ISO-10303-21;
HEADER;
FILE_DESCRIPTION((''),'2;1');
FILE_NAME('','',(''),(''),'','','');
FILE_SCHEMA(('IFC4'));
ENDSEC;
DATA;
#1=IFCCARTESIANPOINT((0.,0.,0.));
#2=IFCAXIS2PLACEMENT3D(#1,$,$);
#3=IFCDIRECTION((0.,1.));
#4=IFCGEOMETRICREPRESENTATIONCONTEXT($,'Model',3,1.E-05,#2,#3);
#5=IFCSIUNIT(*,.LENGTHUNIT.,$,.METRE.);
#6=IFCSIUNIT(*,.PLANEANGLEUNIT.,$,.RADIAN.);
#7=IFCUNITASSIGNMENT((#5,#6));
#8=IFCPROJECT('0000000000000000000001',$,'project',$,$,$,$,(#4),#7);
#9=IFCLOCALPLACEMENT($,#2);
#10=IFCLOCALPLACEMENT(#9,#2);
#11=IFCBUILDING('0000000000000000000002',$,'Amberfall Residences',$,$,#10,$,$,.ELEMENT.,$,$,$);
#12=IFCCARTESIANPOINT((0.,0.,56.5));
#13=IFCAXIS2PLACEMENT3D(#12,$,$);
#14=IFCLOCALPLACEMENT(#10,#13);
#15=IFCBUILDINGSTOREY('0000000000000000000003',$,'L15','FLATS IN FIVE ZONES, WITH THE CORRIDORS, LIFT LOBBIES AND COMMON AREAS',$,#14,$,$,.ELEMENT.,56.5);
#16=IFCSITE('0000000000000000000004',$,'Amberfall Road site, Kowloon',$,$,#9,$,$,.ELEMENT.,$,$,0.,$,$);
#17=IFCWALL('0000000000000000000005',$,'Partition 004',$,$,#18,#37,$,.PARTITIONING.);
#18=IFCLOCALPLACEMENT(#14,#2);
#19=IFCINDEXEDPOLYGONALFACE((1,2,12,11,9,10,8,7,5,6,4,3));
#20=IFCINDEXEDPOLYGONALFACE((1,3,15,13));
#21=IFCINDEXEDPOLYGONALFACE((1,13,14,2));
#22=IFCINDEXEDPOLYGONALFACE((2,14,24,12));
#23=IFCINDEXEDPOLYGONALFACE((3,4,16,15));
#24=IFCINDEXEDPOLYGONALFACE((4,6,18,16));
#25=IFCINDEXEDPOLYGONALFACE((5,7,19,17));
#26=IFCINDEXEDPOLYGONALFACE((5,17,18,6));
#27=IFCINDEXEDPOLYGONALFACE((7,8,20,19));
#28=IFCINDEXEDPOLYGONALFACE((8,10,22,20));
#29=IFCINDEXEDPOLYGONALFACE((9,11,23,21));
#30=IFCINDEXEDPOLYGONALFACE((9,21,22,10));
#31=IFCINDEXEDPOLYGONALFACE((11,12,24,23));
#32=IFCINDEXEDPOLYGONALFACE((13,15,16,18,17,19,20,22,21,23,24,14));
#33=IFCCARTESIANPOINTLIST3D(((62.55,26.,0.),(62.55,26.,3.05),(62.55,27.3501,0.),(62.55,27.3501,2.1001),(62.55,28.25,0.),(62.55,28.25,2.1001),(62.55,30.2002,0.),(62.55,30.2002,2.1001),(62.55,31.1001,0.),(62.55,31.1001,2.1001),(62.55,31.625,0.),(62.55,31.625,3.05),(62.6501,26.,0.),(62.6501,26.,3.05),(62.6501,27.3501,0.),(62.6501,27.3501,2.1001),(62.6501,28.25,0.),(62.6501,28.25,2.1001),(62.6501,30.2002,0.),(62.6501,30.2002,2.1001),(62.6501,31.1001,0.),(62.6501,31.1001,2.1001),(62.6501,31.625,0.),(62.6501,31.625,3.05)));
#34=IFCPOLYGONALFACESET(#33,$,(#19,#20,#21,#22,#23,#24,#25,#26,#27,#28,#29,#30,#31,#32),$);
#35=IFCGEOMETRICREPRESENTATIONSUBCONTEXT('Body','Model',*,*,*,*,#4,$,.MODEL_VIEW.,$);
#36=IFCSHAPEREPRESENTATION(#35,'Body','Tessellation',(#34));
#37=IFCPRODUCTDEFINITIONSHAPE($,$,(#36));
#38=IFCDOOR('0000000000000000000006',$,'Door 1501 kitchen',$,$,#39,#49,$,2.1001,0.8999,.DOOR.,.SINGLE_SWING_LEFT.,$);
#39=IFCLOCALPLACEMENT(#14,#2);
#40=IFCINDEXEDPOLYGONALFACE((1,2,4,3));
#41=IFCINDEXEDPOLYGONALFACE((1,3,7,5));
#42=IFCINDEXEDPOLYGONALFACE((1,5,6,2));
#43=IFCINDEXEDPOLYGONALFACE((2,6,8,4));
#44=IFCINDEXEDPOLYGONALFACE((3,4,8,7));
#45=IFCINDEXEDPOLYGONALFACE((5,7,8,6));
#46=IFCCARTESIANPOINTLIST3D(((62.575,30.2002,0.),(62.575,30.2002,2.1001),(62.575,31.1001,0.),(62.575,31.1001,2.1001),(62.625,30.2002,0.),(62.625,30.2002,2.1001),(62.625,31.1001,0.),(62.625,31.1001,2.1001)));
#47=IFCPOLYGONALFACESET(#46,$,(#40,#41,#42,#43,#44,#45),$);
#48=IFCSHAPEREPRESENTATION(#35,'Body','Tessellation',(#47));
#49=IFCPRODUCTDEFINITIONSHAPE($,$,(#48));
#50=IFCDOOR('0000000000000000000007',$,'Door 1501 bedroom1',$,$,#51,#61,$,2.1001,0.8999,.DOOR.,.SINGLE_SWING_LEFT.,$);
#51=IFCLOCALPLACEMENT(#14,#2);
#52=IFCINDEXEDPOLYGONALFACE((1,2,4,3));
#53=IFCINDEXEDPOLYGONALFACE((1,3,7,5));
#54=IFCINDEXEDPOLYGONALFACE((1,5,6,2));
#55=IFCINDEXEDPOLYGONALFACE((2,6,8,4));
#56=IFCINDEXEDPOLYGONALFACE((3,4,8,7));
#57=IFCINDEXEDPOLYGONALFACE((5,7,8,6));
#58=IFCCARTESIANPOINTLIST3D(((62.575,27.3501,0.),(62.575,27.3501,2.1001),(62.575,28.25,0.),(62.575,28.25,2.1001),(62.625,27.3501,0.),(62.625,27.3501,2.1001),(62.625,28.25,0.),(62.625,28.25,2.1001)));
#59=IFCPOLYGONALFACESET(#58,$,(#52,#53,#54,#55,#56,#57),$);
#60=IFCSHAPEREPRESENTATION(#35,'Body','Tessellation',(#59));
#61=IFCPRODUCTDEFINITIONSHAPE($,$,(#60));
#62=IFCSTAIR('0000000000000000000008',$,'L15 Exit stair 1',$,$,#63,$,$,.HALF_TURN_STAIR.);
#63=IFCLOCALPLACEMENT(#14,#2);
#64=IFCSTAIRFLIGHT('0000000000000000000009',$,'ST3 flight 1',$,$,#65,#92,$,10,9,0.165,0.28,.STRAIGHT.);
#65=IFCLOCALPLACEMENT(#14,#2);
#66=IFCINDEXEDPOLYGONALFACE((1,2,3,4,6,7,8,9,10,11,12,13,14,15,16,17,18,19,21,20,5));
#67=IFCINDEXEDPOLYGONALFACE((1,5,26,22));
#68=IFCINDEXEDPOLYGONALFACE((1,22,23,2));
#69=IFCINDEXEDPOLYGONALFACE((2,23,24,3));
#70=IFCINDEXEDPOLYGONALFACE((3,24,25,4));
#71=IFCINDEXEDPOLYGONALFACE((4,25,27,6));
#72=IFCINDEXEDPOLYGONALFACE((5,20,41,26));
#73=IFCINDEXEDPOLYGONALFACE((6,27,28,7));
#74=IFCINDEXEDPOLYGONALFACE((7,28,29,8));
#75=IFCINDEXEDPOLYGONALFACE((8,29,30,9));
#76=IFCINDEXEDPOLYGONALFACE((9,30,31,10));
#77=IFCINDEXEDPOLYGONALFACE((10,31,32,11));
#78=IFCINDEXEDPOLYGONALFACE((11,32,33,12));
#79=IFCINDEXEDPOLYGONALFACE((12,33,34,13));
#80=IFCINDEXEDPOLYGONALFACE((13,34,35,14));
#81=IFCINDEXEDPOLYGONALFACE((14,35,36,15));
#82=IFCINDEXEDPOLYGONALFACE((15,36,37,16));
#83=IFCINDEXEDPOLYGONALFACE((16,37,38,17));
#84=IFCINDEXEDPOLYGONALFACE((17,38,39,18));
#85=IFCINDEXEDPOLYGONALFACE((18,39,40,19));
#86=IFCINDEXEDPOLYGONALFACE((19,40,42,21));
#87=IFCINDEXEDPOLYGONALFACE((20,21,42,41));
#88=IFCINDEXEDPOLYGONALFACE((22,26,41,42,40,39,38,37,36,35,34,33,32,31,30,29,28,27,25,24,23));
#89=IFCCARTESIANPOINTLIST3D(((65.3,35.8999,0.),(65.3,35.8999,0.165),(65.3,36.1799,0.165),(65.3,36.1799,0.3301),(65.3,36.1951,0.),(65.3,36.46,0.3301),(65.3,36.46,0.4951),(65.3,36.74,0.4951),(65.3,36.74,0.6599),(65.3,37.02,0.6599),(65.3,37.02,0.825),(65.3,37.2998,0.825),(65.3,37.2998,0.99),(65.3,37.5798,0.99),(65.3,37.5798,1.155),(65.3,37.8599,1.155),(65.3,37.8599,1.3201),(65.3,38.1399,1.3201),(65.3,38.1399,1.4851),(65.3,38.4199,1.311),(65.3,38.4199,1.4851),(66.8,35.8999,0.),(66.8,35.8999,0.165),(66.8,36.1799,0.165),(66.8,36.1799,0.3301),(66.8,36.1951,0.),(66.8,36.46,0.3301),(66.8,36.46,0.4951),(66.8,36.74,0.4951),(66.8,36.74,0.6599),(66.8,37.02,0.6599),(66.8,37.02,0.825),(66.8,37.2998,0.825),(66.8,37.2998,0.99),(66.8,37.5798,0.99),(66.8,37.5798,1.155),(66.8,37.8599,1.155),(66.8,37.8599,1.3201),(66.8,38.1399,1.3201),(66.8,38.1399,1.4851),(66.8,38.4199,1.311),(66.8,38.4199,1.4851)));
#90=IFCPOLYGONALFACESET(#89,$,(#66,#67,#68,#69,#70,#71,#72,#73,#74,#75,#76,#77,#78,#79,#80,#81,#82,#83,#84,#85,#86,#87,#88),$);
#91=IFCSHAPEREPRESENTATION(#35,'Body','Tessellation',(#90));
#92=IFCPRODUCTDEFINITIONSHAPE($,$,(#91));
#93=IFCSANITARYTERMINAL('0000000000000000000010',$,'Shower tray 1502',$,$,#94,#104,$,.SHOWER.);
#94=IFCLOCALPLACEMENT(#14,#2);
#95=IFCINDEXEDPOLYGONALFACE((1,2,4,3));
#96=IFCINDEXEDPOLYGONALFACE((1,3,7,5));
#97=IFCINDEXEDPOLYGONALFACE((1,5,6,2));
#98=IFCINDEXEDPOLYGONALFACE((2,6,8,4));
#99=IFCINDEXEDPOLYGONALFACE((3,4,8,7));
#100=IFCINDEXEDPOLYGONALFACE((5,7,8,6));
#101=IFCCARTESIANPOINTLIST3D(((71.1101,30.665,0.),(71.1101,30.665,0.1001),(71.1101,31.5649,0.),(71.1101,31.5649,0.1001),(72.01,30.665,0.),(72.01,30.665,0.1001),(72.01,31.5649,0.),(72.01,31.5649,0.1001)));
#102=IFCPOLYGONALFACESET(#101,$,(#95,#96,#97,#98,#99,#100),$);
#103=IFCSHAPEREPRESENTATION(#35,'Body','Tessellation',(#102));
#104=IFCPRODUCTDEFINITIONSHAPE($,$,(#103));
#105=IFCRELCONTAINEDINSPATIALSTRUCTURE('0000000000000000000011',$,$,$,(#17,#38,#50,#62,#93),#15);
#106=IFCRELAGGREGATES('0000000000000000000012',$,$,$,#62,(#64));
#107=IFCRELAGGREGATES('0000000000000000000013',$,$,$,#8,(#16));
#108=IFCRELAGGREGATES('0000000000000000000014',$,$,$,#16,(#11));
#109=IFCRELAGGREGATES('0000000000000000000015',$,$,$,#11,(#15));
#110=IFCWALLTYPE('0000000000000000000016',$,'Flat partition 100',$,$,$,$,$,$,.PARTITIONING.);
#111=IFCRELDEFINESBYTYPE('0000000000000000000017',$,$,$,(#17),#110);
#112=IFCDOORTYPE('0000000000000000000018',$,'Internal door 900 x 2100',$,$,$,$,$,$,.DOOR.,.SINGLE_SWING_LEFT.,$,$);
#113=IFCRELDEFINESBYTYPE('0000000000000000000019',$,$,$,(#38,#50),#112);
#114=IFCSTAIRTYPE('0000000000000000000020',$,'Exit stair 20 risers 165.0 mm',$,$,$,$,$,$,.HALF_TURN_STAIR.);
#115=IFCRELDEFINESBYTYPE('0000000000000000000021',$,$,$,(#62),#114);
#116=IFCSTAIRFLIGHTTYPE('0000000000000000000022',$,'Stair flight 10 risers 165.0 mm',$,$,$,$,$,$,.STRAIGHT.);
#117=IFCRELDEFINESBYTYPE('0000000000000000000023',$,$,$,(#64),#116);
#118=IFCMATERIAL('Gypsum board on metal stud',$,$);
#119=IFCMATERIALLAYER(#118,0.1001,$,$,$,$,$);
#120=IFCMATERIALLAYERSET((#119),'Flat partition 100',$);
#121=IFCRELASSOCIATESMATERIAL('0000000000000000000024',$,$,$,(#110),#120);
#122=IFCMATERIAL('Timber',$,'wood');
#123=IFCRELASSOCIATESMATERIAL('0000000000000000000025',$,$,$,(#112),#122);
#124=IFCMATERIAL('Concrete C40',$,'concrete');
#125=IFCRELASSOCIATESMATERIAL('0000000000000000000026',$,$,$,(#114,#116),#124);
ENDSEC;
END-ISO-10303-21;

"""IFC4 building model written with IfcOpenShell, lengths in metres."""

from ifc_helpers import new_model, si_unit, direction, frame, frame_2d, origin, origin_2d, place, context, subcontext, project, spatial, polyline, rectangle, outline, extrude, material, layer, layer_set, type_object, element, fill, aggregate, save


model = new_model("IFC4")

# Units and contexts
model_context = context("Model", 3, precision=1e-05, world=origin(), true_north=direction((0.0, 1.0)))
body_context = subcontext(model_context, "Body", "Model", "MODEL_VIEW")
ifc_project = project(units=[si_unit("LENGTHUNIT", "METRE"), si_unit("PLANEANGLEUNIT", "RADIAN")], contexts=[model_context])

# Site, building, storey
site_placement = place(None, origin())
site = spatial("IfcSite", under=ifc_project, at=site_placement, Name="Amberfall Road site, Kowloon", CompositionType="ELEMENT", RefElevation=0.0)
building_placement = place(site_placement, origin())
building = spatial("IfcBuilding", under=site, at=building_placement, Name="Amberfall Residences", CompositionType="ELEMENT")
storey_placement = place(building_placement, frame((0.0, 0.0, 56.5)))
storey = spatial("IfcBuildingStorey", under=building, at=storey_placement, Name="L15", Description="FLATS IN FIVE ZONES, WITH THE CORRIDORS, LIFT LOBBIES AND COMMON AREAS", CompositionType="ELEMENT", Elevation=56.5)

# Wall, openings, doors
ifc_material_1 = material(Name="Gypsum board on metal stud")
ifc_layer_1 = layer(ifc_material_1, 0.1001)
ifc_layer_set_1 = layer_set([ifc_layer_1], Name="Flat partition 100")
wall_type_1 = type_object("IfcWallType", Name="Flat partition 100", PredefinedType="PARTITIONING", material=ifc_layer_set_1)
wall_1_placement = place(storey_placement, frame((62.6001, 31.625, 0.0), z_axis=(0.0, 0.0, 1.0), x_axis=(0.0, -1.0, 0.0)))
wall_1 = element("IfcWall", 1, at=wall_1_placement, inside=storey, type_object=wall_type_1, Name="Partition 004", PredefinedType="PARTITIONING", context=body_context, shape_type="SweptSolid", body=[
    extrude(rectangle(XDim=5.625, YDim=0.1001, at=frame_2d((2.8125, 0.0))), origin(), (0.0, 0.0, 1.0), 3.05),
])
opening_1_placement = place(wall_1_placement, frame((0.5249, 0.0, 0.0)))
opening_1 = element("IfcOpeningElement", 2, at=opening_1_placement, cuts=wall_1, PredefinedType="OPENING", context=body_context, shape_type="SweptSolid", body=[
    extrude(rectangle(XDim=0.8999, YDim=2.1001, at=frame_2d((0.45, 1.05))), frame((0.0, 0.0601, 0.0), z_axis=(0.0, -1.0, 0.0), x_axis=(1.0, 0.0, 0.0)), (0.0, 0.0, 1.0), 0.1201),
])
opening_2_placement = place(wall_1_placement, frame((3.375, 0.0, 0.0)))
opening_2 = element("IfcOpeningElement", 3, at=opening_2_placement, cuts=wall_1, PredefinedType="OPENING", context=body_context, shape_type="SweptSolid", body=[
    extrude(rectangle(XDim=0.8999, YDim=2.1001, at=frame_2d((0.45, 1.05))), frame((0.0, 0.0601, 0.0), z_axis=(0.0, -1.0, 0.0), x_axis=(1.0, 0.0, 0.0)), (0.0, 0.0, 1.0), 0.1201),
])
ifc_material_2 = material(Name="Timber", Category="wood")
door_type_1 = type_object("IfcDoorType", Name="Internal door 900 x 2100", OperationType="SINGLE_SWING_LEFT", PredefinedType="DOOR", material=ifc_material_2)
door_1_placement = place(opening_1_placement, origin())
door_1 = element("IfcDoor", 4, at=door_1_placement, inside=storey, type_object=door_type_1, Name="Door 1501 kitchen", OperationType="SINGLE_SWING_LEFT", OverallHeight=2.1001, OverallWidth=0.8999, PredefinedType="DOOR", context=body_context, shape_type="SweptSolid", body=[
    extrude(rectangle(XDim=0.8999, YDim=2.1001, at=frame_2d((0.45, 1.05))), frame((0.0, 0.0249, 0.0), z_axis=(0.0, -1.0, 0.0), x_axis=(1.0, 0.0, 0.0)), (0.0, 0.0, 1.0), 0.05),
])
fill(opening_1, door_1)
door_2_placement = place(opening_2_placement, origin())
door_2 = element("IfcDoor", 5, at=door_2_placement, inside=storey, type_object=door_type_1, Name="Door 1501 bedroom1", OperationType="SINGLE_SWING_LEFT", OverallHeight=2.1001, OverallWidth=0.8999, PredefinedType="DOOR", context=body_context, shape_type="SweptSolid", body=[
    extrude(rectangle(XDim=0.8999, YDim=2.1001, at=frame_2d((0.45, 1.05))), frame((0.0, 0.0249, 0.0), z_axis=(0.0, -1.0, 0.0), x_axis=(1.0, 0.0, 0.0)), (0.0, 0.0, 1.0), 0.05),
])
fill(opening_2, door_2)

# Stair, stair flight
ifc_material_3 = material(Name="Concrete C40", Category="concrete")
stair_type = type_object("IfcStairType", Name="Exit stair 20 risers 165.0 mm", PredefinedType="HALF_TURN_STAIR", material=ifc_material_3)
stair_placement = place(storey_placement, origin())
stair = element("IfcStair", 6, at=stair_placement, inside=storey, type_object=stair_type, Name="L15 Exit stair 1", PredefinedType="HALF_TURN_STAIR")
stair_flight_type = type_object("IfcStairFlightType", Name="Stair flight 10 risers 165.0 mm", PredefinedType="STRAIGHT", material=ifc_material_3)
stair_flight_placement = place(storey_placement, frame((66.05, 35.8999, 0.0), z_axis=(0.0, 0.0, 1.0), x_axis=(0.0, 1.0, 0.0)))
stair_flight = element("IfcStairFlight", 7, at=stair_flight_placement, type_object=stair_flight_type, Name="ST3 flight 1", NumberOfRisers=10, NumberOfTreads=9, PredefinedType="STRAIGHT", RiserHeight=0.165, TreadLength=0.28, context=body_context, shape_type="SweptSolid", body=[
    extrude(outline(polyline([(0.0, 0.0), (0.0, 0.165), (0.28, 0.165), (0.28, 0.3301), (0.5601, 0.3301), (0.5601, 0.4951), (0.8401, 0.4951), (0.8401, 0.6599), (1.1201, 0.6599), (1.1201, 0.825), (1.3999, 0.825), (1.3999, 0.99), (1.6799, 0.99), (1.6799, 1.155), (1.96, 1.155), (1.96, 1.3201), (2.24, 1.3201), (2.24, 1.4851), (2.52, 1.4851), (2.52, 1.6499), (2.52, 1.311), (0.2952, 0.0), (0.0, 0.0)])), frame((0.0, 0.75, 0.0), z_axis=(0.0, -1.0, 0.0), x_axis=(1.0, 0.0, 0.0)), (0.0, 0.0, 1.0), 1.5),
])
aggregate(stair, [stair_flight])

# Sanitary terminal
sanitary_terminal_placement = place(storey_placement, frame((71.5601, 31.115, 0.0), z_axis=(0.0, 0.0, 1.0), x_axis=(1.0, 0.0, 0.0)))
element("IfcSanitaryTerminal", 8, at=sanitary_terminal_placement, inside=storey, Name="Shower tray 1502", PredefinedType="SHOWER", context=body_context, shape_type="SweptSolid", body=[
    extrude(rectangle(XDim=0.8999, YDim=0.8999, at=origin_2d()), origin(), (0.0, 0.0, 1.0), 0.1001),
])

save(model, "model.ifc")
